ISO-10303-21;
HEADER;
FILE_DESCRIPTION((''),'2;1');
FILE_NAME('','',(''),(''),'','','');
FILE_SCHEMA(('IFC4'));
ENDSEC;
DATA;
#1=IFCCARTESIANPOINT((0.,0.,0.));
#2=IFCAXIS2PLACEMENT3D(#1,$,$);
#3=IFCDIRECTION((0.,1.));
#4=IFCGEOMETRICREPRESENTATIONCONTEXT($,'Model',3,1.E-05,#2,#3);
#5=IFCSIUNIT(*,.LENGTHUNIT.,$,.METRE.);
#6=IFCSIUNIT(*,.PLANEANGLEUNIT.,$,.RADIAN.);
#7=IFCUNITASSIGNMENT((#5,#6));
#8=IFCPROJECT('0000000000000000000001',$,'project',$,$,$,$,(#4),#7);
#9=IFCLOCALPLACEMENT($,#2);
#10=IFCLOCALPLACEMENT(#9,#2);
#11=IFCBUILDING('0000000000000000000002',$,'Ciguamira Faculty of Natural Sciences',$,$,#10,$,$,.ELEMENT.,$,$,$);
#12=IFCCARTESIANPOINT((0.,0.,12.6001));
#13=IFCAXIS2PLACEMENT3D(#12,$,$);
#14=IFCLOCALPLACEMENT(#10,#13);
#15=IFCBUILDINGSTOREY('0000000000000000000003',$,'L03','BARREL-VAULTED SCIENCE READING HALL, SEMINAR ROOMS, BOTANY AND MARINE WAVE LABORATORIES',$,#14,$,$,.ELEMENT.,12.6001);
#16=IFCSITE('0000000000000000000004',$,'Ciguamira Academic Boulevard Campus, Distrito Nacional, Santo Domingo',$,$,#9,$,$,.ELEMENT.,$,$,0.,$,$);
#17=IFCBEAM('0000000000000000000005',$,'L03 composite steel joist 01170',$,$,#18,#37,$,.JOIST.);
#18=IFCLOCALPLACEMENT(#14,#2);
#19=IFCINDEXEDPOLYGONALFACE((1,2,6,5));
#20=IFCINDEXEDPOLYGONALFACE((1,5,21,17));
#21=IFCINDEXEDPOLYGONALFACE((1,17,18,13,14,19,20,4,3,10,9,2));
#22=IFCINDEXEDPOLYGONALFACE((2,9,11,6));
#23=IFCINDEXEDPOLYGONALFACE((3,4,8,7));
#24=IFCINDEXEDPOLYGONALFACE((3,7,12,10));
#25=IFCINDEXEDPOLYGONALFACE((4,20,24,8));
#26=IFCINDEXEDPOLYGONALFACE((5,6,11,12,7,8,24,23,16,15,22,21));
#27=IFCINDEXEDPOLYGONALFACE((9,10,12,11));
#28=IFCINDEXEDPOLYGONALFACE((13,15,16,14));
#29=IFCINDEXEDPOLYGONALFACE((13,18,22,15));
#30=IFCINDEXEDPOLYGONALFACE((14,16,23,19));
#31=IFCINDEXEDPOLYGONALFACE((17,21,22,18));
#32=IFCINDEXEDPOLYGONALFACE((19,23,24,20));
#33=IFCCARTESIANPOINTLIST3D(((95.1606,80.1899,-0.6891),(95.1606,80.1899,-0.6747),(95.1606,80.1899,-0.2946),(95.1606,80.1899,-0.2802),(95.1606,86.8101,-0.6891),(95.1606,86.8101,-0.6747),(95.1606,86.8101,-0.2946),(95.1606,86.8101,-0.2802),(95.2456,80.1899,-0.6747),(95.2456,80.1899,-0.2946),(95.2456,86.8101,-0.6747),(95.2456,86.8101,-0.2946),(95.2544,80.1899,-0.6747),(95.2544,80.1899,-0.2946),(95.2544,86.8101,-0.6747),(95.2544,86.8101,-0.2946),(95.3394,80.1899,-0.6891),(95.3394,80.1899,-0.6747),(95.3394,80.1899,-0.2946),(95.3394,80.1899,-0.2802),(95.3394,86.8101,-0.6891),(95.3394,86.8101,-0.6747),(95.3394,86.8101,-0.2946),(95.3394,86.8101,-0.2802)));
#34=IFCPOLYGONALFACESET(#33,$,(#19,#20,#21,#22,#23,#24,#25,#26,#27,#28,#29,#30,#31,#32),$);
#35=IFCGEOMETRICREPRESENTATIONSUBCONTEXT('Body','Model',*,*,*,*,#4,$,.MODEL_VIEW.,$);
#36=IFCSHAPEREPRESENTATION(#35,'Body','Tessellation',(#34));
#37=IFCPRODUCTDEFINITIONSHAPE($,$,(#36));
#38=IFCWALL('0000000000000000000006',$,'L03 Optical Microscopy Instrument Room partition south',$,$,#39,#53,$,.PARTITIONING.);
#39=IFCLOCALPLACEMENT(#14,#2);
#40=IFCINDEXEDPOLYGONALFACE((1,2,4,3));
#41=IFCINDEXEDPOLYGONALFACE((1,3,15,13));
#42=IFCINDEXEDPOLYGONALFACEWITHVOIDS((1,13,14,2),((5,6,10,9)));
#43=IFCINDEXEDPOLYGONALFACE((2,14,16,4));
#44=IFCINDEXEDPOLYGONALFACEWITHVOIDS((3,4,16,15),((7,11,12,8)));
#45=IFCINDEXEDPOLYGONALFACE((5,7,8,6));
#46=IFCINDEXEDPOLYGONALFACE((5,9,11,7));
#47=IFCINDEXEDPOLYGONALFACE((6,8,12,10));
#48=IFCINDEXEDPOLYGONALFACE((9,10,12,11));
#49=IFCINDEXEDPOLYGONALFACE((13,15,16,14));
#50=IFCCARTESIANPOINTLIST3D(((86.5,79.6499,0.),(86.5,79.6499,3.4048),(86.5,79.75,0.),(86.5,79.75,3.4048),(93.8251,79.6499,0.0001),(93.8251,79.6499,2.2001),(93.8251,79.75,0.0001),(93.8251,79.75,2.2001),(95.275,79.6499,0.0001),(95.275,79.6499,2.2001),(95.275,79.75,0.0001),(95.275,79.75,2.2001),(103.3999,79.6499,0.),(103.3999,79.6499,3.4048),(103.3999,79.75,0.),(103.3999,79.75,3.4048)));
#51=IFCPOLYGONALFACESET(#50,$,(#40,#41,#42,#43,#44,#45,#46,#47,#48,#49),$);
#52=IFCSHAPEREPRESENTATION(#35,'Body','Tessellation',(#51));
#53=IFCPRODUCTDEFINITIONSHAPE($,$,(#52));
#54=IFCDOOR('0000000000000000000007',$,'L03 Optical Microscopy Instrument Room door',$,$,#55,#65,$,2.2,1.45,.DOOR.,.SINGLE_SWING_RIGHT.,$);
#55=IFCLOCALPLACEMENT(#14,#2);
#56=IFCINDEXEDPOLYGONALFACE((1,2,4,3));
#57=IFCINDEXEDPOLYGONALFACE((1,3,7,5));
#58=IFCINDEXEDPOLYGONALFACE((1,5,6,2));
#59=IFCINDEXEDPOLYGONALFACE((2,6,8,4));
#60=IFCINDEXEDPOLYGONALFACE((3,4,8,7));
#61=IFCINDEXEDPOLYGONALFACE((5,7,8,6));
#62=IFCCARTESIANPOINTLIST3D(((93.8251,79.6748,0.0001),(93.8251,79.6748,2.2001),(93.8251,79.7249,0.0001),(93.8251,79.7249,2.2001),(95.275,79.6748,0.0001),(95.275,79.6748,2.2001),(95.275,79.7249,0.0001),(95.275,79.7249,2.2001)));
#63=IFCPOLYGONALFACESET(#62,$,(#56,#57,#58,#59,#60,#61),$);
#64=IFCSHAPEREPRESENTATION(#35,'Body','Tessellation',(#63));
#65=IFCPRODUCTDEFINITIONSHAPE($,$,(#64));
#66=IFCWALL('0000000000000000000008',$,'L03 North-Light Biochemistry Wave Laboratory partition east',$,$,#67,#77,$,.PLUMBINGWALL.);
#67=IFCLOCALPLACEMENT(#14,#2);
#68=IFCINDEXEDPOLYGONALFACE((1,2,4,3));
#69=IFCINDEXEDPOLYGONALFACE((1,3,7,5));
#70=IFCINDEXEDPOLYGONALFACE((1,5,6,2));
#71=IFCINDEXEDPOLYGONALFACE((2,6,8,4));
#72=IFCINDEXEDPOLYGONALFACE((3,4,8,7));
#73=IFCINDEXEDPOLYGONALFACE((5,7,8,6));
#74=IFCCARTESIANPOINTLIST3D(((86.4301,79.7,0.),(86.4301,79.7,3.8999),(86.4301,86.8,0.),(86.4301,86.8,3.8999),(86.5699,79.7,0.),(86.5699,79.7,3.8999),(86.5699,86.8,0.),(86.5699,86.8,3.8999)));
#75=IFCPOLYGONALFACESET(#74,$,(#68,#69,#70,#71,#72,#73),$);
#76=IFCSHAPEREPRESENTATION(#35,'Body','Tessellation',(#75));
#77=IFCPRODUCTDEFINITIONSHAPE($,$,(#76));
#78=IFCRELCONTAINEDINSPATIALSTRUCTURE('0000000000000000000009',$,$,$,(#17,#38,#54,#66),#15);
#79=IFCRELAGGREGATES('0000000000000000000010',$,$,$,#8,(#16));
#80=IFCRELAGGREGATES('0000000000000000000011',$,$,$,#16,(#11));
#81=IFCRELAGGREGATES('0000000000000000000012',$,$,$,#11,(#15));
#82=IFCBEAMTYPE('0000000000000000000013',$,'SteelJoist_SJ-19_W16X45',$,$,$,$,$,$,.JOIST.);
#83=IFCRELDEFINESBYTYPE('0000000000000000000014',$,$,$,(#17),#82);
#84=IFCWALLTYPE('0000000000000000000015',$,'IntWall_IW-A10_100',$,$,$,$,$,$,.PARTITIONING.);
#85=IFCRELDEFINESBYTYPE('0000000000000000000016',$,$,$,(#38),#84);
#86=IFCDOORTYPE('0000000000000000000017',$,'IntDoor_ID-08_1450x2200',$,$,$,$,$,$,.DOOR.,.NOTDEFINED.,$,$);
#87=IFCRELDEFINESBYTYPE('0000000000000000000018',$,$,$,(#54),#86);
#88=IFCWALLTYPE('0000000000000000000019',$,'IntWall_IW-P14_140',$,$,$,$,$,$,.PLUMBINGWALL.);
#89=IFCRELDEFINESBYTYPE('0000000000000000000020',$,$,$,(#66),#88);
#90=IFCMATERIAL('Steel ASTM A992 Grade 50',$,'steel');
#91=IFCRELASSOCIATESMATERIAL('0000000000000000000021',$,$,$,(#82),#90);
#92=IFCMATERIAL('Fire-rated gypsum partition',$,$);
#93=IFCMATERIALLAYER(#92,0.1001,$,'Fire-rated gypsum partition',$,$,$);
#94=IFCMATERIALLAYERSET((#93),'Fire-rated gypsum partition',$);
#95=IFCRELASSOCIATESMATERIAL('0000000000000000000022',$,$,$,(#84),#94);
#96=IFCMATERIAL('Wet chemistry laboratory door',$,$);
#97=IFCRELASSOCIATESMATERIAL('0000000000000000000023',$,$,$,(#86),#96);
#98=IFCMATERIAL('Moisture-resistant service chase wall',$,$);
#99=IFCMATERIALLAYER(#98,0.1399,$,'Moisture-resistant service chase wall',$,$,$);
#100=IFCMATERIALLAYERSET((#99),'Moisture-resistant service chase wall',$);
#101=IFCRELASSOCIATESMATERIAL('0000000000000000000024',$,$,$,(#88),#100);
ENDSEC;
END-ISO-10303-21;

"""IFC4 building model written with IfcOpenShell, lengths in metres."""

from ifc_helpers import new_model, si_unit, direction, frame, frame_2d, origin, origin_2d, place, context, subcontext, project, spatial, rectangle, i_section, extrude, material, layer, layer_set, material_profile, profile_set, type_object, element, fill, save


model = new_model("IFC4")

# Units and contexts
model_context = context("Model", 3, precision=1e-05, world=origin(), true_north=direction((0.0, 1.0)))
body_context = subcontext(model_context, "Body", "Model", "MODEL_VIEW")
ifc_project = project(units=[si_unit("LENGTHUNIT", "METRE"), si_unit("PLANEANGLEUNIT", "RADIAN")], contexts=[model_context])

# Site, building, storey
site_placement = place(None, origin())
site = spatial("IfcSite", under=ifc_project, at=site_placement, Name="Ciguamira Academic Boulevard Campus, Distrito Nacional, Santo Domingo", CompositionType="ELEMENT", RefElevation=0.0)
building_placement = place(site_placement, origin())
building = spatial("IfcBuilding", under=site, at=building_placement, Name="Ciguamira Faculty of Natural Sciences", CompositionType="ELEMENT")
storey_placement = place(building_placement, frame((0.0, 0.0, 12.6001)))
storey = spatial("IfcBuildingStorey", under=building, at=storey_placement, Name="L03", Description="BARREL-VAULTED SCIENCE READING HALL, SEMINAR ROOMS, BOTANY AND MARINE WAVE LABORATORIES", CompositionType="ELEMENT", Elevation=12.6001)

# Beam
ifc_material_1 = material(Name="Steel ASTM A992 Grade 50", Category="steel")
ifc_material_profile_1 = material_profile(ifc_material_1, i_section(OverallWidth=0.1787, OverallDepth=0.4089, WebThickness=0.0088, FlangeThickness=0.0144, at=origin_2d()), Name="W16X45")
ifc_profile_set_1 = profile_set([ifc_material_profile_1], Name="Steel ASTM A992 Grade 50")
beam_type_1 = type_object("IfcBeamType", Name="SteelJoist_SJ-19_W16X45", PredefinedType="JOIST", material=ifc_profile_set_1)
beam_1_placement = place(storey_placement, frame((95.25, 80.1899, -0.4846), z_axis=(0.0, 1.0, 0.0), x_axis=(-1.0, 0.0, 0.0)))
element("IfcBeam", 1, at=beam_1_placement, inside=storey, type_object=beam_type_1, Name="L03 composite steel joist 01170", PredefinedType="JOIST", context=body_context, shape_type="SweptSolid", body=[
    extrude(i_section(OverallWidth=0.1787, OverallDepth=0.4089, WebThickness=0.0088, FlangeThickness=0.0144, at=origin_2d()), origin(), (0.0, 0.0, 1.0), 6.6201),
])

# Wall, opening, door
ifc_material_2 = material(Name="Fire-rated gypsum partition")
ifc_layer_1 = layer(ifc_material_2, 0.1001, Name="Fire-rated gypsum partition")
ifc_layer_set_1 = layer_set([ifc_layer_1], Name="Fire-rated gypsum partition")
wall_type_1 = type_object("IfcWallType", Name="IntWall_IW-A10_100", PredefinedType="PARTITIONING", material=ifc_layer_set_1)
wall_1_placement = place(storey_placement, frame((86.5, 79.7, 0.0), z_axis=(0.0, 0.0, 1.0), x_axis=(1.0, 0.0, 0.0)))
wall_1 = element("IfcWall", 2, at=wall_1_placement, inside=storey, type_object=wall_type_1, Name="L03 Optical Microscopy Instrument Room partition south", PredefinedType="PARTITIONING", context=body_context, shape_type="SweptSolid", body=[
    extrude(rectangle(XDim=16.8999, YDim=0.1001, at=frame_2d((8.45, 0.0))), origin(), (0.0, 0.0, 1.0), 3.4048),
])
opening_placement = place(wall_1_placement, frame((7.325, 0.0, 0.0)))
opening = element("IfcOpeningElement", 3, at=opening_placement, cuts=wall_1, PredefinedType="OPENING", context=body_context, shape_type="SweptSolid", body=[
    extrude(rectangle(XDim=1.45, YDim=2.2, at=frame_2d((0.7251, 1.1001))), frame((0.0, 0.0601, 0.0), z_axis=(0.0, -1.0, 0.0), x_axis=(1.0, 0.0, 0.0)), (0.0, 0.0, 1.0), 0.1201),
])
ifc_material_3 = material(Name="Wet chemistry laboratory door")
door_type = type_object("IfcDoorType", Name="IntDoor_ID-08_1450x2200", OperationType="NOTDEFINED", PredefinedType="DOOR", material=ifc_material_3)
door_placement = place(opening_placement, origin())
door = element("IfcDoor", 4, at=door_placement, inside=storey, type_object=door_type, Name="L03 Optical Microscopy Instrument Room door", OperationType="SINGLE_SWING_RIGHT", OverallHeight=2.2, OverallWidth=1.45, PredefinedType="DOOR", context=body_context, shape_type="SweptSolid", body=[
    extrude(rectangle(XDim=1.45, YDim=2.2, at=frame_2d((0.7251, 1.1001))), frame((0.0, 0.0249, 0.0), z_axis=(0.0, -1.0, 0.0), x_axis=(1.0, 0.0, 0.0)), (0.0, 0.0, 1.0), 0.05),
])
fill(opening, door)

# Wall
ifc_material_4 = material(Name="Moisture-resistant service chase wall")
ifc_layer_2 = layer(ifc_material_4, 0.1399, Name="Moisture-resistant service chase wall")
ifc_layer_set_2 = layer_set([ifc_layer_2], Name="Moisture-resistant service chase wall")
wall_type_2 = type_object("IfcWallType", Name="IntWall_IW-P14_140", PredefinedType="PLUMBINGWALL", material=ifc_layer_set_2)
wall_2_placement = place(storey_placement, frame((86.5, 79.7, 0.0), z_axis=(0.0, 0.0, 1.0), x_axis=(0.0, 1.0, 0.0)))
element("IfcWall", 5, at=wall_2_placement, inside=storey, type_object=wall_type_2, Name="L03 North-Light Biochemistry Wave Laboratory partition east", PredefinedType="PLUMBINGWALL", context=body_context, shape_type="SweptSolid", body=[
    extrude(rectangle(XDim=7.1001, YDim=0.1399, at=frame_2d((3.55, 0.0))), origin(), (0.0, 0.0, 1.0), 3.8999),
])

save(model, "model.ifc")
